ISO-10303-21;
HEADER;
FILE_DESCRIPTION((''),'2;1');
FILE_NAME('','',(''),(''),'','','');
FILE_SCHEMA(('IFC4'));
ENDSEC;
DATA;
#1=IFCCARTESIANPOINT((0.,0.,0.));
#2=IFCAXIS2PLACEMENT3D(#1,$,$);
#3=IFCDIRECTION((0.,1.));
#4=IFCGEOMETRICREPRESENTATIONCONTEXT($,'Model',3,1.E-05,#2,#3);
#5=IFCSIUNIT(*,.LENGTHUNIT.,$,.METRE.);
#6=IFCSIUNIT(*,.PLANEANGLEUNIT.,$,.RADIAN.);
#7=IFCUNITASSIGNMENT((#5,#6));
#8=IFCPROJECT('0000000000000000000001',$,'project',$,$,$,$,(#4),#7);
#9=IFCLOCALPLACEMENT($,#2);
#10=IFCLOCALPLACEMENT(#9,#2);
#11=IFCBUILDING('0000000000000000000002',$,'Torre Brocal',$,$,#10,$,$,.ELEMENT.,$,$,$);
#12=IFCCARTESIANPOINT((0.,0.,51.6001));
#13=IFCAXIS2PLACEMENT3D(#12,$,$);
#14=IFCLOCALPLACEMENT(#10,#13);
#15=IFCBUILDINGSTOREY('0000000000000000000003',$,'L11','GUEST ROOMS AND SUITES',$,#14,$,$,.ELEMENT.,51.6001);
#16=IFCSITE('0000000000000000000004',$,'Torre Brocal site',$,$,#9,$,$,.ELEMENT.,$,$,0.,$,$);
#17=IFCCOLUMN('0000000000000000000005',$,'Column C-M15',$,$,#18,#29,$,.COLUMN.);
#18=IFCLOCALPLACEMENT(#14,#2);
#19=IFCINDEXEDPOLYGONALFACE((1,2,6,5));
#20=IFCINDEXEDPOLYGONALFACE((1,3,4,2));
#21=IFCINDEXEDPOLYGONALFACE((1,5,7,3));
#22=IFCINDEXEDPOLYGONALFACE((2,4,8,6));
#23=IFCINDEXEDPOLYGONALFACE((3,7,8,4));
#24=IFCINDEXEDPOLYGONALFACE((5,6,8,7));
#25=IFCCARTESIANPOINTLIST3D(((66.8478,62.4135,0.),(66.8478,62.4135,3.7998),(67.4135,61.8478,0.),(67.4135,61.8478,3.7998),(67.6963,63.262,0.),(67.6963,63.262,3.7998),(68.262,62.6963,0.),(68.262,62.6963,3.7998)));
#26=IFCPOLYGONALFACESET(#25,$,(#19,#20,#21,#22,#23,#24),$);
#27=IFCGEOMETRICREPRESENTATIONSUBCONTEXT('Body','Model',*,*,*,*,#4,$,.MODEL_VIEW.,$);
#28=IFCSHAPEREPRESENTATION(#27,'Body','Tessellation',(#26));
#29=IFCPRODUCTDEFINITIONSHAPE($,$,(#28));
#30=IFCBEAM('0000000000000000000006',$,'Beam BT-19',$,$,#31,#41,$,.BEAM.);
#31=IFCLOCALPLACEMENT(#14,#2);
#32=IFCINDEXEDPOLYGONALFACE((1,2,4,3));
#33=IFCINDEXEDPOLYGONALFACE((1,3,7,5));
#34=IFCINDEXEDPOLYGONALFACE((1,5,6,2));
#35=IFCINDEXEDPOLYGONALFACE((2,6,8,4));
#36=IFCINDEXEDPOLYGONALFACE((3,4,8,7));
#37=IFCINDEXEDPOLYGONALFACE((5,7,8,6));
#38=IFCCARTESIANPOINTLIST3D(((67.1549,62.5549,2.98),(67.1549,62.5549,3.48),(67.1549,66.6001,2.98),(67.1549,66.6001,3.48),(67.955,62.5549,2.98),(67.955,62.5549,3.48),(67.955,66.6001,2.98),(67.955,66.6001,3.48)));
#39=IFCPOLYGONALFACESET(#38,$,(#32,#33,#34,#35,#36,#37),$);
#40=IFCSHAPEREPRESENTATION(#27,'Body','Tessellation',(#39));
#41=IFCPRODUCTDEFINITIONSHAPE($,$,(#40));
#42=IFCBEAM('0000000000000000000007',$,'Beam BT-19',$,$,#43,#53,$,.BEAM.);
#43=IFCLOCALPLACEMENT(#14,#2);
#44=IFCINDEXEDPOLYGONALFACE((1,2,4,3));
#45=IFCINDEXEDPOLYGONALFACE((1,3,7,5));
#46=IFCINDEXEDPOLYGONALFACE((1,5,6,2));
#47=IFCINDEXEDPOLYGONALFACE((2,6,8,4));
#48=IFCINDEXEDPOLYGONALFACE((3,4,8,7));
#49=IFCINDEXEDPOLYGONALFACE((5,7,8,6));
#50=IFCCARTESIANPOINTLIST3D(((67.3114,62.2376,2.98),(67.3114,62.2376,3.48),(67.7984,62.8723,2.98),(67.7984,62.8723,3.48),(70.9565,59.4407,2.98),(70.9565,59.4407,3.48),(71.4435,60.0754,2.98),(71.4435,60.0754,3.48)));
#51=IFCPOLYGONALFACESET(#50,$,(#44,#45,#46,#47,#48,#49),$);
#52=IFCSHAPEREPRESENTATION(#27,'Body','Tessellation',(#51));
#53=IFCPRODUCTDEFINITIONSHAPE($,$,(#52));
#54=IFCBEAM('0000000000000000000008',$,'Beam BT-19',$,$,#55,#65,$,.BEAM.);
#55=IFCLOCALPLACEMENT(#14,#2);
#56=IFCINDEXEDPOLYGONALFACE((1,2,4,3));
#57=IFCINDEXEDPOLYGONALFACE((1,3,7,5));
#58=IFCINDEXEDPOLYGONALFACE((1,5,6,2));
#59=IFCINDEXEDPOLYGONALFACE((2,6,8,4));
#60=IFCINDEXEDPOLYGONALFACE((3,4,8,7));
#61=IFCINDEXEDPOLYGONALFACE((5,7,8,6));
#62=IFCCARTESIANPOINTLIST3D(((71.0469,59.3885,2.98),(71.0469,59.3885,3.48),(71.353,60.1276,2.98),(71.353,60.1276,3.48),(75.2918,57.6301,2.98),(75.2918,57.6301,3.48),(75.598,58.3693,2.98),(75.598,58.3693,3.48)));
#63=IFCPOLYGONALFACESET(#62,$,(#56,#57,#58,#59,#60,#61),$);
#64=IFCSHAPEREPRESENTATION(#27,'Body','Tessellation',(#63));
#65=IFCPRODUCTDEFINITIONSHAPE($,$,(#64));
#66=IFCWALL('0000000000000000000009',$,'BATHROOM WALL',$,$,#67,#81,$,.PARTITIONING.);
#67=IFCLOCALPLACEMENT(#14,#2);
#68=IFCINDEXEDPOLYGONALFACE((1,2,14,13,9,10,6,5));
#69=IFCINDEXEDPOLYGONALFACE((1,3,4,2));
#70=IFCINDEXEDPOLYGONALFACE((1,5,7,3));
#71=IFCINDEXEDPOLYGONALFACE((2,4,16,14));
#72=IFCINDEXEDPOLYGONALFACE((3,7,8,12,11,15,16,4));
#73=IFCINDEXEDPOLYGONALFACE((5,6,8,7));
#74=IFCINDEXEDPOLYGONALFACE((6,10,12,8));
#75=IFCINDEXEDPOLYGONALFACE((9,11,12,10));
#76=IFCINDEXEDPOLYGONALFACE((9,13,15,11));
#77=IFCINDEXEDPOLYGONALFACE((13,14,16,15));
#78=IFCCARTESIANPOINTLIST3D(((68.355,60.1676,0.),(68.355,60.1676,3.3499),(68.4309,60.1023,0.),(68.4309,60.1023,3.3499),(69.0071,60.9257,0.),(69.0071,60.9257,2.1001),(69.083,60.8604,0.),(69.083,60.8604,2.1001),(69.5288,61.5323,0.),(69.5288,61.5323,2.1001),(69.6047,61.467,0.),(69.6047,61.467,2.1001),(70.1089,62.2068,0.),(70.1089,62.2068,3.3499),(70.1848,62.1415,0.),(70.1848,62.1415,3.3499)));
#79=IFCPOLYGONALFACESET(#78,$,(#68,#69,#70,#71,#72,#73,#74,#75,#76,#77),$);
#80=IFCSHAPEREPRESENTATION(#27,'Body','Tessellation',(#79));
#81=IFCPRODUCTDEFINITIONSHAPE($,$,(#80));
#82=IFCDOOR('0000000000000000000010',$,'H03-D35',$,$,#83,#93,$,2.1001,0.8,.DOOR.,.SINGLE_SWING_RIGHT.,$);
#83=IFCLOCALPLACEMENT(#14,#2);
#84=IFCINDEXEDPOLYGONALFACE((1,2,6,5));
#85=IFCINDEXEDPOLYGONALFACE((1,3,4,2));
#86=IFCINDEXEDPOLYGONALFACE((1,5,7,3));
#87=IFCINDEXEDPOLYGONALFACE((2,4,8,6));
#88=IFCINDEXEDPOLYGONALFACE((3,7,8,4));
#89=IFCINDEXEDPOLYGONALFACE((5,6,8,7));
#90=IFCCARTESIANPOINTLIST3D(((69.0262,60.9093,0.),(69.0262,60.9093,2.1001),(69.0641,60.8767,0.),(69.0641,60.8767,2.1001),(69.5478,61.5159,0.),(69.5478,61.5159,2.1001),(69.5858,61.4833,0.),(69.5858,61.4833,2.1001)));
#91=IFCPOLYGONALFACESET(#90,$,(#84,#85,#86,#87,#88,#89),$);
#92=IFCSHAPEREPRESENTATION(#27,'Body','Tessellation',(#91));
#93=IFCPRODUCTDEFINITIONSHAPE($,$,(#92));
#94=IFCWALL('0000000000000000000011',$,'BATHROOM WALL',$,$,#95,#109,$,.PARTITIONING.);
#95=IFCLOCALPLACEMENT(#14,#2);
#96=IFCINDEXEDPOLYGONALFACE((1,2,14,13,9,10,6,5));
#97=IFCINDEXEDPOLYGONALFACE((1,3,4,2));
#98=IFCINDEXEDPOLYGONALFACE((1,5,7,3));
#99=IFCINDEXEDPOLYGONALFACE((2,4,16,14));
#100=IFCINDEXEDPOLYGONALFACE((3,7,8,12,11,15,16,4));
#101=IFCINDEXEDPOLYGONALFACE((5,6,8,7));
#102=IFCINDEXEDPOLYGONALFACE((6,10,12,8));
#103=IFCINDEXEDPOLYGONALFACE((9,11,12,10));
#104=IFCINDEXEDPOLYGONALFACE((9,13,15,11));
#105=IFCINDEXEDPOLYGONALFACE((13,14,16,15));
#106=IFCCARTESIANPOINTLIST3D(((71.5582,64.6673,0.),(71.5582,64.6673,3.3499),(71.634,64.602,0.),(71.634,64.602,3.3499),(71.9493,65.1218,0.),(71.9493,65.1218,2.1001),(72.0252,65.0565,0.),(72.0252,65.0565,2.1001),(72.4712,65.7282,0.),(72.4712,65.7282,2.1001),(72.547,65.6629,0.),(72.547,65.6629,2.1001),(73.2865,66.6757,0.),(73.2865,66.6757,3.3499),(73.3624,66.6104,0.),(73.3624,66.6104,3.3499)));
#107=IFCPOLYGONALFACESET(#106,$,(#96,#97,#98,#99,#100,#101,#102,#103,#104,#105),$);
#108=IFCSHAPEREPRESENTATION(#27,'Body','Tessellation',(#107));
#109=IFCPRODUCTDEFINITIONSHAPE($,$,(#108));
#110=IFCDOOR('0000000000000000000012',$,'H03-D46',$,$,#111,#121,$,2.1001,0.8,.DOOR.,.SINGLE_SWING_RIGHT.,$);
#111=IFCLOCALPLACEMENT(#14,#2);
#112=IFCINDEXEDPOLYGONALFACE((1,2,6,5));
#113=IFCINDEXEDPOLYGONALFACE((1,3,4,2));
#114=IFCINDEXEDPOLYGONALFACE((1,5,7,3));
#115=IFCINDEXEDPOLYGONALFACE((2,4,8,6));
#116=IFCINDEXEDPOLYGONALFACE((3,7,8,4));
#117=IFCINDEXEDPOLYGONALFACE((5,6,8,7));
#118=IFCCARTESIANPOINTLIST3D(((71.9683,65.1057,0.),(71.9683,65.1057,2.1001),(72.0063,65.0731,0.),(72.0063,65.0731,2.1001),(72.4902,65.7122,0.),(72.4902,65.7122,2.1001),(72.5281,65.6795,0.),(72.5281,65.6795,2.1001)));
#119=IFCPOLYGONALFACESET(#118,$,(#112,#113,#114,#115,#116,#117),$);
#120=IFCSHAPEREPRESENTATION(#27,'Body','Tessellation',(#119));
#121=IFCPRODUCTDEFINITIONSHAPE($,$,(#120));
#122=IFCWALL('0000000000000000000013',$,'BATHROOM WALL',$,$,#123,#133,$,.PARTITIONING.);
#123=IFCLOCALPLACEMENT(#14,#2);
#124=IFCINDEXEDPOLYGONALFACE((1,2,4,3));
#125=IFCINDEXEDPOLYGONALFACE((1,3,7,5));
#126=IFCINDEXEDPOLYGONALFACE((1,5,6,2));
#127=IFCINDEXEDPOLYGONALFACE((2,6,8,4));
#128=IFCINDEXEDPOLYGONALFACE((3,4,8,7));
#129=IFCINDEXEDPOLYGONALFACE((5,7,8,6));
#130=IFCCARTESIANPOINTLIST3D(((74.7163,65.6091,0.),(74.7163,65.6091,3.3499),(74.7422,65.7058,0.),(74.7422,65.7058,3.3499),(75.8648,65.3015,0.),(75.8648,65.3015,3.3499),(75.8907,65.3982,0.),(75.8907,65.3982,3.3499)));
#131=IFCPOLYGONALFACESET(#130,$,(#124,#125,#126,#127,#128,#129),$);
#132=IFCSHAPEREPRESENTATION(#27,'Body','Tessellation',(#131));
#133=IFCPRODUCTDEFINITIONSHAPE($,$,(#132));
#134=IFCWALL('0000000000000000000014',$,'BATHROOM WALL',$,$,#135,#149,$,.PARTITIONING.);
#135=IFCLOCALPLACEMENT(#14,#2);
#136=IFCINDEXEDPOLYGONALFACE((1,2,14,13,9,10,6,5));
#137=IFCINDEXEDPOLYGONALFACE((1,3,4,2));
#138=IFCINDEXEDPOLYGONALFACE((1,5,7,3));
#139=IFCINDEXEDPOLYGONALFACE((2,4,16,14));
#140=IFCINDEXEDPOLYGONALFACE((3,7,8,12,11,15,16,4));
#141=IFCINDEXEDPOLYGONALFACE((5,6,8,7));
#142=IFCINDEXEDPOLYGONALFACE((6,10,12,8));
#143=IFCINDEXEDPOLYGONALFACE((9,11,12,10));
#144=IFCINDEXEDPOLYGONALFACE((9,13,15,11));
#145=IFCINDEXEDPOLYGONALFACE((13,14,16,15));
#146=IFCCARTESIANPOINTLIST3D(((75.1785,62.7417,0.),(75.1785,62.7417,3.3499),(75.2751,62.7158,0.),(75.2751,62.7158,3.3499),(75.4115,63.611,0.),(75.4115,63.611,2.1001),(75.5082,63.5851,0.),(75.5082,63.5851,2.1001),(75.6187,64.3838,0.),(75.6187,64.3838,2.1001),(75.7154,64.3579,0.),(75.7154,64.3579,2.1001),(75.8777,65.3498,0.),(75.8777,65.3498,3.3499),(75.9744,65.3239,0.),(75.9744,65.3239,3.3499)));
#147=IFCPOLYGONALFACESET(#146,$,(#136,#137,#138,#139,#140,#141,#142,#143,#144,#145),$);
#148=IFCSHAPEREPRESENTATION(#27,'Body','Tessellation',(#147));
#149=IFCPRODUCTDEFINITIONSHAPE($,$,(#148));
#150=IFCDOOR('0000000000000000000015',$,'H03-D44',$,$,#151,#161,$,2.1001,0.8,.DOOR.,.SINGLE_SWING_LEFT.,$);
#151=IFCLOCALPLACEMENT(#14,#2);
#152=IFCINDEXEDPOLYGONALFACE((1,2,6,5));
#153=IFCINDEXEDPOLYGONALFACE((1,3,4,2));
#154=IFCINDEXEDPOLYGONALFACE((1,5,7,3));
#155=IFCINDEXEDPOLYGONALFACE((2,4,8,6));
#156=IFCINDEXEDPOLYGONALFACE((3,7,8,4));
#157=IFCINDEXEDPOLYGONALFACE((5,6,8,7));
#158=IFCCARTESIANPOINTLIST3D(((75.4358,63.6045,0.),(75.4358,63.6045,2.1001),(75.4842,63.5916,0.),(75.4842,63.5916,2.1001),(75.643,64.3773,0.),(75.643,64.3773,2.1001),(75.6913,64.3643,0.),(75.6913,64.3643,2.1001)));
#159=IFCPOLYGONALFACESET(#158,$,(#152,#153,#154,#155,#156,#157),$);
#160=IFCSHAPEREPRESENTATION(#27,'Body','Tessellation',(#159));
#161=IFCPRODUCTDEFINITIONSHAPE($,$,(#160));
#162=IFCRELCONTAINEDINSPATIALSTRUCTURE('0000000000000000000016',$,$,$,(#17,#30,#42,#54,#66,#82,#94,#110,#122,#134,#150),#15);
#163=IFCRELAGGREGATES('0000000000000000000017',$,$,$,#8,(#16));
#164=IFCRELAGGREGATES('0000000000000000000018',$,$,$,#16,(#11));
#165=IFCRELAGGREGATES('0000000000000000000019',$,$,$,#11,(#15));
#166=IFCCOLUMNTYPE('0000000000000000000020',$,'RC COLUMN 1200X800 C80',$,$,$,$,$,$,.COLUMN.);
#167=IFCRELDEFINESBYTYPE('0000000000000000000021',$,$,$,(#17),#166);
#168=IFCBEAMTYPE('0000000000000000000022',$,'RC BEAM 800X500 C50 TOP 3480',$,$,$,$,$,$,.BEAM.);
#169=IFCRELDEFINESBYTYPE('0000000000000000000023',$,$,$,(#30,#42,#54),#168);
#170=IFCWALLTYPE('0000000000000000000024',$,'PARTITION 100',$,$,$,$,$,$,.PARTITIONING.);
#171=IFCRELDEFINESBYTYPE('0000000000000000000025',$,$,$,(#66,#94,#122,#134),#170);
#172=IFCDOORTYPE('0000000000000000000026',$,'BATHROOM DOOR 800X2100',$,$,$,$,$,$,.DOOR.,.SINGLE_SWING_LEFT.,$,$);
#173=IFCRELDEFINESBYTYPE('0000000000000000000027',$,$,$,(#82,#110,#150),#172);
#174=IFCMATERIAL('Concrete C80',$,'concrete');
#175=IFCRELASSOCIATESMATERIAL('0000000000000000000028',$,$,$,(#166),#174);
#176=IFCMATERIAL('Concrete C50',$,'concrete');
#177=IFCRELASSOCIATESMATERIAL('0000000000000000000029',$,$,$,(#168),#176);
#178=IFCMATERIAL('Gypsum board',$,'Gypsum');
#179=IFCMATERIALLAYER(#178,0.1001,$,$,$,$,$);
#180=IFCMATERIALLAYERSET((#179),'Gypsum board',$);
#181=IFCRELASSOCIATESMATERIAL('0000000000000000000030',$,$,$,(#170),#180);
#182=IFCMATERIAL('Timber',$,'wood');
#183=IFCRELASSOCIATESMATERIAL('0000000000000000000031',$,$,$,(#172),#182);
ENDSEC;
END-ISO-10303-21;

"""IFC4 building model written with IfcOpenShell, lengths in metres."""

from ifc_helpers import new_model, si_unit, direction, frame, frame_2d, origin, origin_2d, place, context, subcontext, project, spatial, rectangle, extrude, material, layer, layer_set, material_profile, profile_set, type_object, element, fill, save


model = new_model("IFC4")

# Units and contexts
model_context = context("Model", 3, precision=1e-05, world=origin(), true_north=direction((0.0, 1.0)))
body_context = subcontext(model_context, "Body", "Model", "MODEL_VIEW")
ifc_project = project(units=[si_unit("LENGTHUNIT", "METRE"), si_unit("PLANEANGLEUNIT", "RADIAN")], contexts=[model_context])

# Site, building, storey
site_placement = place(None, origin())
site = spatial("IfcSite", under=ifc_project, at=site_placement, Name="Torre Brocal site", CompositionType="ELEMENT", RefElevation=0.0)
building_placement = place(site_placement, origin())
building = spatial("IfcBuilding", under=site, at=building_placement, Name="Torre Brocal", CompositionType="ELEMENT")
storey_placement = place(building_placement, frame((0.0, 0.0, 51.6001)))
storey = spatial("IfcBuildingStorey", under=building, at=storey_placement, Name="L11", Description="GUEST ROOMS AND SUITES", CompositionType="ELEMENT", Elevation=51.6001)

# Column
ifc_material_1 = material(Name="Concrete C80", Category="concrete")
ifc_material_profile_1 = material_profile(ifc_material_1, rectangle(XDim=1.2, YDim=0.8, at=origin_2d()), Name="RC 1200X800")
ifc_profile_set_1 = profile_set([ifc_material_profile_1], Name="Concrete C80")
column_type = type_object("IfcColumnType", Name="RC COLUMN 1200X800 C80", PredefinedType="COLUMN", material=ifc_profile_set_1)
column_placement = place(storey_placement, frame((67.5549, 62.5549, 0.0), z_axis=(0.0, 0.0, 1.0), x_axis=(-0.707107, -0.707107, 0.0)))
element("IfcColumn", 1, at=column_placement, inside=storey, type_object=column_type, Name="Column C-M15", PredefinedType="COLUMN", context=body_context, shape_type="SweptSolid", body=[
    extrude(rectangle(XDim=1.2, YDim=0.8, at=origin_2d()), origin(), (0.0, 0.0, 1.0), 3.7998),
])

# Beams
ifc_material_2 = material(Name="Concrete C50", Category="concrete")
ifc_material_profile_2 = material_profile(ifc_material_2, rectangle(XDim=0.8, YDim=0.5, at=origin_2d()), Name="RC 800X500")
ifc_profile_set_2 = profile_set([ifc_material_profile_2], Name="Concrete C50")
beam_type = type_object("IfcBeamType", Name="RC BEAM 800X500 C50 TOP 3480", PredefinedType="BEAM", material=ifc_profile_set_2)
beam_1_placement = place(storey_placement, frame((67.5549, 62.5549, 3.23), z_axis=(0.0, 1.0, 0.0), x_axis=(-1.0, 0.0, 0.0)))
element("IfcBeam", 2, at=beam_1_placement, inside=storey, type_object=beam_type, Name="Beam BT-19", PredefinedType="BEAM", context=body_context, shape_type="SweptSolid", body=[
    extrude(rectangle(XDim=0.8, YDim=0.5, at=origin_2d()), origin(), (0.0, 0.0, 1.0), 4.0452),
])
beam_2_placement = place(storey_placement, frame((67.5549, 62.5549, 3.23), z_axis=(0.793358, -0.608755, 0.0), x_axis=(0.608755, 0.793358, 0.0)))
element("IfcBeam", 3, at=beam_2_placement, inside=storey, type_object=beam_type, Name="Beam BT-19", PredefinedType="BEAM", context=body_context, shape_type="SweptSolid", body=[
    extrude(rectangle(XDim=0.8, YDim=0.5, at=origin_2d()), origin(), (0.0, 0.0, 1.0), 4.5945),
])
beam_3_placement = place(storey_placement, frame((71.2, 59.7581, 3.23), z_axis=(0.923878, -0.382687, 0.0), x_axis=(0.382687, 0.923878, 0.0)))
element("IfcBeam", 4, at=beam_3_placement, inside=storey, type_object=beam_type, Name="Beam BT-19", PredefinedType="BEAM", context=body_context, shape_type="SweptSolid", body=[
    extrude(rectangle(XDim=0.8, YDim=0.5, at=origin_2d()), origin(), (0.0, 0.0, 1.0), 4.5947),
])

# Walls, openings, doors
ifc_material_3 = material(Name="Gypsum board", Category="Gypsum")
ifc_layer_1 = layer(ifc_material_3, 0.1001)
ifc_layer_set_1 = layer_set([ifc_layer_1], Name="Gypsum board")
wall_type_1 = type_object("IfcWallType", Name="PARTITION 100", PredefinedType="PARTITIONING", material=ifc_layer_set_1)
wall_1_placement = place(storey_placement, frame((68.3931, 60.135, 0.0), z_axis=(0.0, 0.0, 1.0), x_axis=(0.652061, 0.758166, 0.0)))
wall_1 = element("IfcWall", 5, at=wall_1_placement, inside=storey, type_object=wall_type_1, Name="BATHROOM WALL", PredefinedType="PARTITIONING", context=body_context, shape_type="SweptSolid", body=[
    extrude(rectangle(XDim=2.6897, YDim=0.1001, at=frame_2d((1.3447, 0.0))), origin(), (0.0, 0.0, 1.0), 3.3499),
])
opening_1_placement = place(wall_1_placement, frame((1.0, 0.0, 0.0)))
opening_1 = element("IfcOpeningElement", 6, at=opening_1_placement, cuts=wall_1, PredefinedType="OPENING", context=body_context, shape_type="SweptSolid", body=[
    extrude(rectangle(XDim=0.8, YDim=2.1001, at=frame_2d((0.3999, 1.05))), frame((0.0, 0.0601, 0.0), z_axis=(0.0, -1.0, 0.0), x_axis=(1.0, 0.0, 0.0)), (0.0, 0.0, 1.0), 0.1201),
])
ifc_material_4 = material(Name="Timber", Category="wood")
door_type_1 = type_object("IfcDoorType", Name="BATHROOM DOOR 800X2100", OperationType="SINGLE_SWING_LEFT", PredefinedType="DOOR", material=ifc_material_4)
door_1_placement = place(opening_1_placement, origin())
door_1 = element("IfcDoor", 7, at=door_1_placement, inside=storey, type_object=door_type_1, Name="H03-D35", OperationType="SINGLE_SWING_RIGHT", OverallHeight=2.1001, OverallWidth=0.8, PredefinedType="DOOR", context=body_context, shape_type="SweptSolid", body=[
    extrude(rectangle(XDim=0.8, YDim=2.1001, at=frame_2d((0.3999, 1.05))), frame((0.0, 0.0249, 0.0), z_axis=(0.0, -1.0, 0.0), x_axis=(1.0, 0.0, 0.0)), (0.0, 0.0, 1.0), 0.05),
])
fill(opening_1, door_1)
wall_2_placement = place(storey_placement, frame((71.5962, 64.6348, 0.0), z_axis=(0.0, 0.0, 1.0), x_axis=(0.652285, 0.757974, 0.0)))
wall_2 = element("IfcWall", 8, at=wall_2_placement, inside=storey, type_object=wall_type_1, Name="BATHROOM WALL", PredefinedType="PARTITIONING", context=body_context, shape_type="SweptSolid", body=[
    extrude(rectangle(XDim=2.6497, YDim=0.1001, at=frame_2d((1.3247, 0.0))), origin(), (0.0, 0.0, 1.0), 3.3499),
])
opening_2_placement = place(wall_2_placement, frame((0.5996, 0.0, 0.0)))
opening_2 = element("IfcOpeningElement", 9, at=opening_2_placement, cuts=wall_2, PredefinedType="OPENING", context=body_context, shape_type="SweptSolid", body=[
    extrude(rectangle(XDim=0.8, YDim=2.1001, at=frame_2d((0.3999, 1.05))), frame((0.0, 0.0601, 0.0), z_axis=(0.0, -1.0, 0.0), x_axis=(1.0, 0.0, 0.0)), (0.0, 0.0, 1.0), 0.1201),
])
door_2_placement = place(opening_2_placement, frame((0.8, 0.0, 0.0), z_axis=(0.0, 0.0, 1.0), x_axis=(-1.0, 0.0, 0.0)))
door_2 = element("IfcDoor", 10, at=door_2_placement, inside=storey, type_object=door_type_1, Name="H03-D46", OperationType="SINGLE_SWING_RIGHT", OverallHeight=2.1001, OverallWidth=0.8, PredefinedType="DOOR", context=body_context, shape_type="SweptSolid", body=[
    extrude(rectangle(XDim=0.8, YDim=2.1001, at=frame_2d((0.3999, 1.05))), frame((0.0, 0.0249, 0.0), z_axis=(0.0, -1.0, 0.0), x_axis=(1.0, 0.0, 0.0)), (0.0, 0.0, 1.0), 0.05),
])
fill(opening_2, door_2)

# Wall
wall_3_placement = place(storey_placement, frame((74.7292, 65.6575, 0.0), z_axis=(0.0, 0.0, 1.0), x_axis=(0.965948, -0.258736, 0.0)))
element("IfcWall", 11, at=wall_3_placement, inside=storey, type_object=wall_type_1, Name="BATHROOM WALL", PredefinedType="PARTITIONING", context=body_context, shape_type="SweptSolid", body=[
    extrude(rectangle(XDim=1.189, YDim=0.1001, at=frame_2d((0.5945, 0.0))), origin(), (0.0, 0.0, 1.0), 3.3499),
])

# Wall, opening, door
wall_4_placement = place(storey_placement, frame((75.2268, 62.7288, 0.0), z_axis=(0.0, 0.0, 1.0), x_axis=(0.258945, 0.965892, 0.0)))
wall_4 = element("IfcWall", 12, at=wall_4_placement, inside=storey, type_object=wall_type_1, Name="BATHROOM WALL", PredefinedType="PARTITIONING", context=body_context, shape_type="SweptSolid", body=[
    extrude(rectangle(XDim=2.7002, YDim=0.1001, at=frame_2d((1.3501, 0.0))), origin(), (0.0, 0.0, 1.0), 3.3499),
])
opening_3_placement = place(wall_4_placement, frame((0.9001, 0.0, 0.0)))
opening_3 = element("IfcOpeningElement", 13, at=opening_3_placement, cuts=wall_4, PredefinedType="OPENING", context=body_context, shape_type="SweptSolid", body=[
    extrude(rectangle(XDim=0.8, YDim=2.1001, at=frame_2d((0.3999, 1.05))), frame((0.0, 0.0601, 0.0), z_axis=(0.0, -1.0, 0.0), x_axis=(1.0, 0.0, 0.0)), (0.0, 0.0, 1.0), 0.1201),
])
door_3_placement = place(opening_3_placement, origin())
door_3 = element("IfcDoor", 14, at=door_3_placement, inside=storey, type_object=door_type_1, Name="H03-D44", OperationType="SINGLE_SWING_LEFT", OverallHeight=2.1001, OverallWidth=0.8, PredefinedType="DOOR", context=body_context, shape_type="SweptSolid", body=[
    extrude(rectangle(XDim=0.8, YDim=2.1001, at=frame_2d((0.3999, 1.05))), frame((0.0, 0.0249, 0.0), z_axis=(0.0, -1.0, 0.0), x_axis=(1.0, 0.0, 0.0)), (0.0, 0.0, 1.0), 0.05),
])
fill(opening_3, door_3)

save(model, "model.ifc")
